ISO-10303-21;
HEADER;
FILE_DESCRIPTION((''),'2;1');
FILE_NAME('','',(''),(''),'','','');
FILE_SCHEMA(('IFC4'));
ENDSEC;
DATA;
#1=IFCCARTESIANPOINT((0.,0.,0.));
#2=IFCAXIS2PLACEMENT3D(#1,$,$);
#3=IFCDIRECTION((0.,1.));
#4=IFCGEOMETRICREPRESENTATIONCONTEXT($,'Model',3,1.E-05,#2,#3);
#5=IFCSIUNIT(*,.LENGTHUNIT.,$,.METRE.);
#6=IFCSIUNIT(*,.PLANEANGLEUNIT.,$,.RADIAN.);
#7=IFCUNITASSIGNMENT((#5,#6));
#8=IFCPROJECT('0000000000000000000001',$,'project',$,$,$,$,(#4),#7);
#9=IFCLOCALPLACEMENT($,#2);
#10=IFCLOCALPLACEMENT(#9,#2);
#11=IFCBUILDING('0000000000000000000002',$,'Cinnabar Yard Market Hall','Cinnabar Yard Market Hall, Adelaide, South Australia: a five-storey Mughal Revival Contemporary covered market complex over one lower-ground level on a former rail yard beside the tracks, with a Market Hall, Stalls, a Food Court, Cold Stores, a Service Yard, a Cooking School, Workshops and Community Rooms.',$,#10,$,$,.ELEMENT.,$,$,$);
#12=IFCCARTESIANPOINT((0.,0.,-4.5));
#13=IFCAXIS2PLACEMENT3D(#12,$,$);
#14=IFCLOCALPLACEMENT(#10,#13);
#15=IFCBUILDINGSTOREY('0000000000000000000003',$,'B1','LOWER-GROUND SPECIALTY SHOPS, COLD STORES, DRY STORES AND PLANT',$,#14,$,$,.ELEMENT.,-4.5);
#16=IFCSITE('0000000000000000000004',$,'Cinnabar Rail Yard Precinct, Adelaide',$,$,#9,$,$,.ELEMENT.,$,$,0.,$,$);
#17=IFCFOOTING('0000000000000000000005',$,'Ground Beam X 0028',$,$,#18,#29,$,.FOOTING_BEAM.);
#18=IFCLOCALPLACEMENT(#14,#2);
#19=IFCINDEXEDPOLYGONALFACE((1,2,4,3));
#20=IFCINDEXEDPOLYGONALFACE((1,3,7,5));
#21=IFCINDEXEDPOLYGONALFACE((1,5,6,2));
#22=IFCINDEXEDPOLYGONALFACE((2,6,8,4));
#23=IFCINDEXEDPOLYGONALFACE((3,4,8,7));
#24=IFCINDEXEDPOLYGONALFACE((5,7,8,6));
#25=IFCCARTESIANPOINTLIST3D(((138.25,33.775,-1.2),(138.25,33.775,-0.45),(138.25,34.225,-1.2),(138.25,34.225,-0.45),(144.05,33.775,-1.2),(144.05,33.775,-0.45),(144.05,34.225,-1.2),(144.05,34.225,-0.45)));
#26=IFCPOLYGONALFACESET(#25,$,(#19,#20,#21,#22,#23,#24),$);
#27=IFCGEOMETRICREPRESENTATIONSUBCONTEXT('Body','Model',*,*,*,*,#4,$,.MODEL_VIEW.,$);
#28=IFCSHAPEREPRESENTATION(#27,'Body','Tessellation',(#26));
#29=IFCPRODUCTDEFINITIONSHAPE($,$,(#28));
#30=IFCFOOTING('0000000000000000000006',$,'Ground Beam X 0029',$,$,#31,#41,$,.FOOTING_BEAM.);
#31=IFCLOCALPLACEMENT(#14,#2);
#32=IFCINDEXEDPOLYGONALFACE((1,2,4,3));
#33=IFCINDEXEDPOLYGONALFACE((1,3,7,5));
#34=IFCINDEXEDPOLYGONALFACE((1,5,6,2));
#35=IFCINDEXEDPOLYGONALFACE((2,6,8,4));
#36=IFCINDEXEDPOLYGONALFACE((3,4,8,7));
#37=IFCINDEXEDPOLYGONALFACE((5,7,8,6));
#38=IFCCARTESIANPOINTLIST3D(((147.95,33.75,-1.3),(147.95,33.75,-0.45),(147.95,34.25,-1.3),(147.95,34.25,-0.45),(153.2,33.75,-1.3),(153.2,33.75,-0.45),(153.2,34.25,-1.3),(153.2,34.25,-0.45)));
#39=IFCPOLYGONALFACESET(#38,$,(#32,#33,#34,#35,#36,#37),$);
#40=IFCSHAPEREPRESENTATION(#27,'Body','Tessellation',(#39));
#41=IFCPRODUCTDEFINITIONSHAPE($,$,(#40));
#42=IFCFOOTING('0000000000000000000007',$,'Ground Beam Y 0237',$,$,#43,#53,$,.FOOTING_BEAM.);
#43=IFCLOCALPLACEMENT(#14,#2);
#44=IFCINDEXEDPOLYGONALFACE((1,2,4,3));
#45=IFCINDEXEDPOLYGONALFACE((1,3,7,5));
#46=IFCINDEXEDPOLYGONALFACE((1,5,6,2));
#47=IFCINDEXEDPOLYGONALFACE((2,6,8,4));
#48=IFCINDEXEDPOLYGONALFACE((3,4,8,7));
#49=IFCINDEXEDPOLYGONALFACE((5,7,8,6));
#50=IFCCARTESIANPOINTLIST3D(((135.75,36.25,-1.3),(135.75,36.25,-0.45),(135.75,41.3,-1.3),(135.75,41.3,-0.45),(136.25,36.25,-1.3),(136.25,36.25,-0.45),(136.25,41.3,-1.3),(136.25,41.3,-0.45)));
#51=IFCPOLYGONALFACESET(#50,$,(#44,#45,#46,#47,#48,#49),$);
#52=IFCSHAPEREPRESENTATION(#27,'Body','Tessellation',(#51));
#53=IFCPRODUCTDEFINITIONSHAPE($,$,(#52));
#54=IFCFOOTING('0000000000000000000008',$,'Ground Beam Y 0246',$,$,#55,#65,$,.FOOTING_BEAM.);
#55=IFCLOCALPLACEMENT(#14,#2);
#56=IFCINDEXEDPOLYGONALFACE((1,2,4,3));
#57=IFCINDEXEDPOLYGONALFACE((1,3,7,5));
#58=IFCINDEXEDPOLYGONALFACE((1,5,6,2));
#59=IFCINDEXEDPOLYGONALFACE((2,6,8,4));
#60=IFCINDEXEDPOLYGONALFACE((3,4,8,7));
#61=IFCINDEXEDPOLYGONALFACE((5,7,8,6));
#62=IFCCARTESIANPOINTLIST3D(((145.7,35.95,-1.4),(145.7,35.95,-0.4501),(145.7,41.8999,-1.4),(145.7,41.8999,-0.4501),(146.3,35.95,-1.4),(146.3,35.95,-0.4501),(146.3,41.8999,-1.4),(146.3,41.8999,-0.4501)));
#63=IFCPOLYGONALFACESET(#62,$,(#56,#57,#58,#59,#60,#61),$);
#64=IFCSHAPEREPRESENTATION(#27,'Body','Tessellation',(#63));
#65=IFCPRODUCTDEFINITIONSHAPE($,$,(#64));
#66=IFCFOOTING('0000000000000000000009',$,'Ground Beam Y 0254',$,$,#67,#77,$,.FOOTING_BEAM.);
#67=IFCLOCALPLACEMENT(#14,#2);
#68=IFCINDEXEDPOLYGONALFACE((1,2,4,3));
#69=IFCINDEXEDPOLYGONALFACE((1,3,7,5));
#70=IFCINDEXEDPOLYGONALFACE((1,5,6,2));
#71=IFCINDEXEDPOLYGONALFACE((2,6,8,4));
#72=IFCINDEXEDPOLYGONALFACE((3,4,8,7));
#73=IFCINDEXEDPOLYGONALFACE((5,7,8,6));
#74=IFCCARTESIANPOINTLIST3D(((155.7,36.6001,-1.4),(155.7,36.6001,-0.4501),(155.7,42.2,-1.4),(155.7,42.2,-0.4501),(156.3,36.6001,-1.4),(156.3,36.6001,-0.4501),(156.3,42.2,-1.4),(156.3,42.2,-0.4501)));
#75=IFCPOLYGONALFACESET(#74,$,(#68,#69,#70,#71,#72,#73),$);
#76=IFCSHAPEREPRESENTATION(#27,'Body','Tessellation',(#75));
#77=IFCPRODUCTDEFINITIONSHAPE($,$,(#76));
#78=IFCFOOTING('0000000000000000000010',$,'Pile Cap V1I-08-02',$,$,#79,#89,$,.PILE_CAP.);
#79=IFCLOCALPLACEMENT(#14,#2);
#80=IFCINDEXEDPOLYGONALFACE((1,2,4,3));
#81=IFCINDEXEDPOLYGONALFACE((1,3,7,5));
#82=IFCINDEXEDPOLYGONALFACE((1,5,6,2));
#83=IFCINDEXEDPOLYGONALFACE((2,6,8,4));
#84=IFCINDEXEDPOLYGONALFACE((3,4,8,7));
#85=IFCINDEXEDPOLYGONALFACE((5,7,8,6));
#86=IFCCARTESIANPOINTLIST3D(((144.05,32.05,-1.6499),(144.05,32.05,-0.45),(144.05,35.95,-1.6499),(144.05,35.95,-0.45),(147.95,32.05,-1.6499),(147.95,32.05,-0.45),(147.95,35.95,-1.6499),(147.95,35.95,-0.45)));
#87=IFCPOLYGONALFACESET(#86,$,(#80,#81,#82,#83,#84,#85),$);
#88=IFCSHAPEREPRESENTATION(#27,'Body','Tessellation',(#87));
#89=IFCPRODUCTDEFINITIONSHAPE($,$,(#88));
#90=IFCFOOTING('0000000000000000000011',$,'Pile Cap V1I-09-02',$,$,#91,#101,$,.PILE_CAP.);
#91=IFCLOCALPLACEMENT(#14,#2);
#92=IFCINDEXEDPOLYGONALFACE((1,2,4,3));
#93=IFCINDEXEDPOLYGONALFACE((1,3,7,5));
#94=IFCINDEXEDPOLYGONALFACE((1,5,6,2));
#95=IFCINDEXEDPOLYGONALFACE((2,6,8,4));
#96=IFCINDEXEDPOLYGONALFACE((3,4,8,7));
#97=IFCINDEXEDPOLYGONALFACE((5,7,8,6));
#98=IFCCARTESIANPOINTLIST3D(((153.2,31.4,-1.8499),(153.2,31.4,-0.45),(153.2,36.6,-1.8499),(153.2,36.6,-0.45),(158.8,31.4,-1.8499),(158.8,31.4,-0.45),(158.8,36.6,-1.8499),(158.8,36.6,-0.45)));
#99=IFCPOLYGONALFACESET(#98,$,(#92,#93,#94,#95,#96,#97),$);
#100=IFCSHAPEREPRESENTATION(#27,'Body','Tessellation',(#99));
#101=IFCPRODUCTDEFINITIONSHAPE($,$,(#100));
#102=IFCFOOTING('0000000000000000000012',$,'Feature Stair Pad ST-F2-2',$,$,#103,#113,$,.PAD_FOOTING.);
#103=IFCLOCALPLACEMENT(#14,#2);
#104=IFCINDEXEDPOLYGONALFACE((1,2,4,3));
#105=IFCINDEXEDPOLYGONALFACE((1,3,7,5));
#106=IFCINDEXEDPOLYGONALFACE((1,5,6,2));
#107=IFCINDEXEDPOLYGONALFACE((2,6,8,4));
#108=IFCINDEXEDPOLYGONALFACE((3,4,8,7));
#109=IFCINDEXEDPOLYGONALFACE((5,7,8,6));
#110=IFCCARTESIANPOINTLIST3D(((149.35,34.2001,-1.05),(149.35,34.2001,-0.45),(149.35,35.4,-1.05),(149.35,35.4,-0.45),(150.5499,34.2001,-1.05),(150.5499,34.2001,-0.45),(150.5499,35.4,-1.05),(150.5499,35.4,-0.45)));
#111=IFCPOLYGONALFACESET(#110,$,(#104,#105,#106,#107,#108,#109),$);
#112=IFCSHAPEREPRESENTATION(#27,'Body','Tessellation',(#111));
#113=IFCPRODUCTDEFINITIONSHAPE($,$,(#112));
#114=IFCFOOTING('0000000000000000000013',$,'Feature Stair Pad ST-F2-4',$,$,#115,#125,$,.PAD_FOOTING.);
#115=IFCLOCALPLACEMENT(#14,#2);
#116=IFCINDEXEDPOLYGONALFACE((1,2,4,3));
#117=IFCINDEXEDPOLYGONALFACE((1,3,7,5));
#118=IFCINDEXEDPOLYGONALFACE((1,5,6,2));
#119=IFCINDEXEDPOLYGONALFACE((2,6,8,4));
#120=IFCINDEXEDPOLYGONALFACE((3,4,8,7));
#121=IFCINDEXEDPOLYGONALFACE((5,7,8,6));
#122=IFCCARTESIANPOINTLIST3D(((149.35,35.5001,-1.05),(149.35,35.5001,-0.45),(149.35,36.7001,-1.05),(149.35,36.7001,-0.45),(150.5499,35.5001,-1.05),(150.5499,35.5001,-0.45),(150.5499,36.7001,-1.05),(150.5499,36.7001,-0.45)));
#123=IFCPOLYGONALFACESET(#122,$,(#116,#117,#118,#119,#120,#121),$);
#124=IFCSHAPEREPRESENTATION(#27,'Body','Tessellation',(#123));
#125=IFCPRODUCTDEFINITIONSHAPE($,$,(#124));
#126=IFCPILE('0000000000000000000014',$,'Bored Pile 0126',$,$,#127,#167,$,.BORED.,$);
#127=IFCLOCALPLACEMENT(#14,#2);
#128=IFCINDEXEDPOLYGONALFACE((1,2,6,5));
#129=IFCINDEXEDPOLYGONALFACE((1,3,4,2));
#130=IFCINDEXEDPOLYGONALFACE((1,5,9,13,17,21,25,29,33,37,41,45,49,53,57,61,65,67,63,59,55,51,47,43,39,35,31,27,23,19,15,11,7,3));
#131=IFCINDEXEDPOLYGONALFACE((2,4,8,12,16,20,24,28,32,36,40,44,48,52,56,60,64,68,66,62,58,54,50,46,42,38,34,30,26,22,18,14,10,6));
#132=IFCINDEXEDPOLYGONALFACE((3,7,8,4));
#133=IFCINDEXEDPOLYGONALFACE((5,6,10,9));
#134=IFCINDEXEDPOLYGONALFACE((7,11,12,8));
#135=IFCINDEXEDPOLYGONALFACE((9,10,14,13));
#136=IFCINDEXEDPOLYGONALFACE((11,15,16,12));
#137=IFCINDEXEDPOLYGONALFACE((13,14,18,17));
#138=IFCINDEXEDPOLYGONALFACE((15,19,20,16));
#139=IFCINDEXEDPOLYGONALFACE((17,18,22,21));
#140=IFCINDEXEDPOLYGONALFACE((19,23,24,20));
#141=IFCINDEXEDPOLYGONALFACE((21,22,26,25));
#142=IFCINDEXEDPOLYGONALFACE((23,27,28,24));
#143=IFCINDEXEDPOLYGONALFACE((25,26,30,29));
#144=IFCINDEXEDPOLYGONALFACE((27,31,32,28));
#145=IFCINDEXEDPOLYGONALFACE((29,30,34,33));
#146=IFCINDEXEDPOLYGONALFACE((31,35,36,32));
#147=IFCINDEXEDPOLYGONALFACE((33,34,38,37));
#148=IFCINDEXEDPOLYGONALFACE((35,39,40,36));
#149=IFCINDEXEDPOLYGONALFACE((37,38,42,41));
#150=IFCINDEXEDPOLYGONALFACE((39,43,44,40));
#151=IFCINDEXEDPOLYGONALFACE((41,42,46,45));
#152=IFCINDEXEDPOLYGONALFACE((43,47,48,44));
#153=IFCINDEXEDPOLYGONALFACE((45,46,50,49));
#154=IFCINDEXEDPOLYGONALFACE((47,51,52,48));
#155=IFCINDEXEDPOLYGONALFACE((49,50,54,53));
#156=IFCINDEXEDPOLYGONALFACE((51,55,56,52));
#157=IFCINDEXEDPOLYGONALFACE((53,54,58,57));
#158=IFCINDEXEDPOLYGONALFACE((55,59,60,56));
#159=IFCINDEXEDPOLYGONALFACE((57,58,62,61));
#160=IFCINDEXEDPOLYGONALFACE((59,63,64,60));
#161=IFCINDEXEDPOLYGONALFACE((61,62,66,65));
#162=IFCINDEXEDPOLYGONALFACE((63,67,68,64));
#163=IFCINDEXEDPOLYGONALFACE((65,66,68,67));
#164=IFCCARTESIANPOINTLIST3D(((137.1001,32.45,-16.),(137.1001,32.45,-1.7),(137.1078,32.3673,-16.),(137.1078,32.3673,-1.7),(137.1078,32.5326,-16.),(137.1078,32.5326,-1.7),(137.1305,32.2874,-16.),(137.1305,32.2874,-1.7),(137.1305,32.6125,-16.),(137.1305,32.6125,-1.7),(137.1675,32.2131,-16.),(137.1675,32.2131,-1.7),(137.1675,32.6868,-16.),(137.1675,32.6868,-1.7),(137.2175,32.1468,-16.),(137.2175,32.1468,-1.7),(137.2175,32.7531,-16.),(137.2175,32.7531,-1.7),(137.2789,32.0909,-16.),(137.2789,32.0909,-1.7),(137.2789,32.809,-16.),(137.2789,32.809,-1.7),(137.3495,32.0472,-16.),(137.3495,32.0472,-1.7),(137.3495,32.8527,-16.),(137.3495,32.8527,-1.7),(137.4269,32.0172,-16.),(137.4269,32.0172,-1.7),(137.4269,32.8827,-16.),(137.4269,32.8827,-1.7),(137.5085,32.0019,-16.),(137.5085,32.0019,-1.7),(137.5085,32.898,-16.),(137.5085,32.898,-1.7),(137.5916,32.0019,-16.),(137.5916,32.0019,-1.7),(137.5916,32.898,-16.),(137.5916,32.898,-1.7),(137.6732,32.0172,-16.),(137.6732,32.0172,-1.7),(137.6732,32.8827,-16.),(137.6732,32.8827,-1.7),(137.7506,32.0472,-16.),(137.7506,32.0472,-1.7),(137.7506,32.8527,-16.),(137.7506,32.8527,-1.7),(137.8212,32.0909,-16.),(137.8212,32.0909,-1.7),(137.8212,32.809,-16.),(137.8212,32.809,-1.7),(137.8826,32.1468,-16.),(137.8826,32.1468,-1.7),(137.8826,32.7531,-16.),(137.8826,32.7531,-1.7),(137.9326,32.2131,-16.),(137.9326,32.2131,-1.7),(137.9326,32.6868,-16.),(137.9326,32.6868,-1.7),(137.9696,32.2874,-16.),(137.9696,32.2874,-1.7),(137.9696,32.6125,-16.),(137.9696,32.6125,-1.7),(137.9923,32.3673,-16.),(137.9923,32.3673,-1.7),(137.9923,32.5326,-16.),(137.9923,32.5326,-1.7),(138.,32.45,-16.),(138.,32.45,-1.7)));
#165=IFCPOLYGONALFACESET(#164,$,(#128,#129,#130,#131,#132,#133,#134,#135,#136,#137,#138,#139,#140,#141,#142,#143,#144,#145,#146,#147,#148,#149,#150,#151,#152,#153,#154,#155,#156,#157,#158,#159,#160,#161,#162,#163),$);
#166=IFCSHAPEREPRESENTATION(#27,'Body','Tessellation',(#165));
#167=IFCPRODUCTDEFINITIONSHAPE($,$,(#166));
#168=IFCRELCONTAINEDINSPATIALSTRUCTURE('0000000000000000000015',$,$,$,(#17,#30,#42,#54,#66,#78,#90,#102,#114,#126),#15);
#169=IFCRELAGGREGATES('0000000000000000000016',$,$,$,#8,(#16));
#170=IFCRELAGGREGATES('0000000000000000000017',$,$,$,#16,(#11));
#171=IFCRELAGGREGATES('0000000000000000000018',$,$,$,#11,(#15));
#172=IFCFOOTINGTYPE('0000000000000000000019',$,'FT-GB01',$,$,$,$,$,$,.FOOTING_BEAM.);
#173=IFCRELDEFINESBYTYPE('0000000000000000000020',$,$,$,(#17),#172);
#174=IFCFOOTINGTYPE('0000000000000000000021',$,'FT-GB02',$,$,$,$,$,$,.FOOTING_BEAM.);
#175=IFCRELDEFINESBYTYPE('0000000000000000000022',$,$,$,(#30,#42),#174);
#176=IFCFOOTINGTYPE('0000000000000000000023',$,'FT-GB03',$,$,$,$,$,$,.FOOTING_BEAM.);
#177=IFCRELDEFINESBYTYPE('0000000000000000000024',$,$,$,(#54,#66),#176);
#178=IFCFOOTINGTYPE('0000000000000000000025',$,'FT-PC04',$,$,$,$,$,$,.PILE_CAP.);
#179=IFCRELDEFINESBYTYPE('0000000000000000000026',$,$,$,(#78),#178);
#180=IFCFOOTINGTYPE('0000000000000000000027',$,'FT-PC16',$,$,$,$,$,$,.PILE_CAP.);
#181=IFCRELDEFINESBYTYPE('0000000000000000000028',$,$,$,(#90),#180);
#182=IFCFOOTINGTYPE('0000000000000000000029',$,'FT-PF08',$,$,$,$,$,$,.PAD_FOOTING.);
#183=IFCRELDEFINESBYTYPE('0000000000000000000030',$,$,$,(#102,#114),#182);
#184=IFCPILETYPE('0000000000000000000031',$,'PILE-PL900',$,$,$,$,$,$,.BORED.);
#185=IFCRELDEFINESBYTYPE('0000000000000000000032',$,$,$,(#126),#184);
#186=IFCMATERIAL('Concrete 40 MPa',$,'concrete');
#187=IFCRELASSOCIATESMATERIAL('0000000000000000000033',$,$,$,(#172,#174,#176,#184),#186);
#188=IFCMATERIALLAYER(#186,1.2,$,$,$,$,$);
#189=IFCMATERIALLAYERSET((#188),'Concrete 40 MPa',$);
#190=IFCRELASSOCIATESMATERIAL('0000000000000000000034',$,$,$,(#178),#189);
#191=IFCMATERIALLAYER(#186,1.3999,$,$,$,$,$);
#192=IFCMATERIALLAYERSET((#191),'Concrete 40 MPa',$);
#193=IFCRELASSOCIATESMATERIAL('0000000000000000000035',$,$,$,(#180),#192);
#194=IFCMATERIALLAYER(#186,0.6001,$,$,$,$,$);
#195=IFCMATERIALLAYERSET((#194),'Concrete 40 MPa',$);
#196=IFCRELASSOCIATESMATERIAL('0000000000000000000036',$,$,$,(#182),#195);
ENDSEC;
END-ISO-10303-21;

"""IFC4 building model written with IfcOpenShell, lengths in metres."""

from ifc_helpers import new_model, si_unit, direction, frame, origin, origin_2d_with_axis, place, context, subcontext, project, spatial, rectangle, circle, extrude, material, layer, layer_set, material_profile, profile_set, type_object, element, save


model = new_model("IFC4")

# Units and contexts
model_context = context("Model", 3, precision=1e-05, world=origin(), true_north=direction((0.0, 1.0)))
body_context = subcontext(model_context, "Body", "Model", "MODEL_VIEW")
ifc_project = project(units=[si_unit("LENGTHUNIT", "METRE"), si_unit("PLANEANGLEUNIT", "RADIAN")], contexts=[model_context])

# Site, building, storey
site_placement = place(None, origin())
site = spatial("IfcSite", under=ifc_project, at=site_placement, Name="Cinnabar Rail Yard Precinct, Adelaide", CompositionType="ELEMENT", RefElevation=0.0)
building_placement = place(site_placement, origin())
building = spatial("IfcBuilding", under=site, at=building_placement, Name="Cinnabar Yard Market Hall", Description="Cinnabar Yard Market Hall, Adelaide, South Australia: a five-storey Mughal Revival Contemporary covered market complex over one lower-ground level on a former rail yard beside the tracks, with a Market Hall, Stalls, a Food Court, Cold Stores, a Service Yard, a Cooking School, Workshops and Community Rooms.", CompositionType="ELEMENT")
storey_placement = place(building_placement, frame((0.0, 0.0, -4.5)))
storey = spatial("IfcBuildingStorey", under=building, at=storey_placement, Name="B1", Description="LOWER-GROUND SPECIALTY SHOPS, COLD STORES, DRY STORES AND PLANT", CompositionType="ELEMENT", Elevation=-4.5)

# Footings
ifc_material_1 = material(Name="Concrete 40 MPa", Category="concrete")
ifc_material_profile_1 = material_profile(ifc_material_1, rectangle(XDim=0.45, YDim=0.75, at=origin_2d_with_axis()), Name="GB-450x750")
ifc_profile_set_1 = profile_set([ifc_material_profile_1], Name="Concrete 40 MPa")
footing_type_1 = type_object("IfcFootingType", Name="FT-GB01", PredefinedType="FOOTING_BEAM", material=ifc_profile_set_1)
footing_1_placement = place(storey_placement, frame((138.25, 34.0, -0.825), z_axis=(1.0, 0.0, 0.0), x_axis=(0.0, 1.0, 0.0)))
element("IfcFooting", 1, at=footing_1_placement, inside=storey, type_object=footing_type_1, Name="Ground Beam X 0028", PredefinedType="FOOTING_BEAM", context=body_context, shape_type="SweptSolid", body=[
    extrude(rectangle(XDim=0.45, YDim=0.75, at=origin_2d_with_axis()), origin(), (0.0, 0.0, 1.0), 5.8),
])
ifc_material_profile_2 = material_profile(ifc_material_1, rectangle(XDim=0.5, YDim=0.8501, at=origin_2d_with_axis()), Name="GB-500x850")
ifc_profile_set_2 = profile_set([ifc_material_profile_2], Name="Concrete 40 MPa")
footing_type_2 = type_object("IfcFootingType", Name="FT-GB02", PredefinedType="FOOTING_BEAM", material=ifc_profile_set_2)
footing_2_placement = place(storey_placement, frame((147.95, 34.0, -0.875), z_axis=(1.0, 0.0, 0.0), x_axis=(0.0, 1.0, 0.0)))
element("IfcFooting", 2, at=footing_2_placement, inside=storey, type_object=footing_type_2, Name="Ground Beam X 0029", PredefinedType="FOOTING_BEAM", context=body_context, shape_type="SweptSolid", body=[
    extrude(rectangle(XDim=0.5, YDim=0.8501, at=origin_2d_with_axis()), origin(), (0.0, 0.0, 1.0), 5.25),
])
footing_3_placement = place(storey_placement, frame((136.0, 36.25, -0.875), z_axis=(0.0, 1.0, 0.0), x_axis=(-1.0, 0.0, 0.0)))
element("IfcFooting", 3, at=footing_3_placement, inside=storey, type_object=footing_type_2, Name="Ground Beam Y 0237", PredefinedType="FOOTING_BEAM", context=body_context, shape_type="SweptSolid", body=[
    extrude(rectangle(XDim=0.5, YDim=0.8501, at=origin_2d_with_axis()), origin(), (0.0, 0.0, 1.0), 5.05),
])
ifc_material_profile_3 = material_profile(ifc_material_1, rectangle(XDim=0.6001, YDim=0.95, at=origin_2d_with_axis()), Name="GB-600x950")
ifc_profile_set_3 = profile_set([ifc_material_profile_3], Name="Concrete 40 MPa")
footing_type_3 = type_object("IfcFootingType", Name="FT-GB03", PredefinedType="FOOTING_BEAM", material=ifc_profile_set_3)
footing_4_placement = place(storey_placement, frame((146.0, 35.95, -0.925), z_axis=(0.0, 1.0, 0.0), x_axis=(-1.0, 0.0, 0.0)))
element("IfcFooting", 4, at=footing_4_placement, inside=storey, type_object=footing_type_3, Name="Ground Beam Y 0246", PredefinedType="FOOTING_BEAM", context=body_context, shape_type="SweptSolid", body=[
    extrude(rectangle(XDim=0.6001, YDim=0.95, at=origin_2d_with_axis()), origin(), (0.0, 0.0, 1.0), 5.95),
])
footing_5_placement = place(storey_placement, frame((156.0, 36.6001, -0.925), z_axis=(0.0, 1.0, 0.0), x_axis=(-1.0, 0.0, 0.0)))
element("IfcFooting", 5, at=footing_5_placement, inside=storey, type_object=footing_type_3, Name="Ground Beam Y 0254", PredefinedType="FOOTING_BEAM", context=body_context, shape_type="SweptSolid", body=[
    extrude(rectangle(XDim=0.6001, YDim=0.95, at=origin_2d_with_axis()), origin(), (0.0, 0.0, 1.0), 5.5999),
])
ifc_layer_1 = layer(ifc_material_1, 1.2)
ifc_layer_set_1 = layer_set([ifc_layer_1], Name="Concrete 40 MPa")
footing_type_4 = type_object("IfcFootingType", Name="FT-PC04", PredefinedType="PILE_CAP", material=ifc_layer_set_1)
footing_6_placement = place(storey_placement, frame((146.0, 34.0, -1.6499), z_axis=(0.0, 0.0, 1.0), x_axis=(1.0, 0.0, 0.0)))
element("IfcFooting", 6, at=footing_6_placement, inside=storey, type_object=footing_type_4, Name="Pile Cap V1I-08-02", PredefinedType="PILE_CAP", context=body_context, shape_type="SweptSolid", body=[
    extrude(rectangle(XDim=3.8999, YDim=3.8999, at=origin_2d_with_axis()), origin(), (0.0, 0.0, 1.0), 1.2),
])
ifc_layer_2 = layer(ifc_material_1, 1.3999)
ifc_layer_set_2 = layer_set([ifc_layer_2], Name="Concrete 40 MPa")
footing_type_5 = type_object("IfcFootingType", Name="FT-PC16", PredefinedType="PILE_CAP", material=ifc_layer_set_2)
footing_7_placement = place(storey_placement, frame((156.0, 34.0, -1.8499), z_axis=(0.0, 0.0, 1.0), x_axis=(1.0, 0.0, 0.0)))
element("IfcFooting", 7, at=footing_7_placement, inside=storey, type_object=footing_type_5, Name="Pile Cap V1I-09-02", PredefinedType="PILE_CAP", context=body_context, shape_type="SweptSolid", body=[
    extrude(rectangle(XDim=5.6001, YDim=5.2, at=origin_2d_with_axis()), origin(), (0.0, 0.0, 1.0), 1.3999),
])
ifc_layer_3 = layer(ifc_material_1, 0.6001)
ifc_layer_set_3 = layer_set([ifc_layer_3], Name="Concrete 40 MPa")
footing_type_6 = type_object("IfcFootingType", Name="FT-PF08", PredefinedType="PAD_FOOTING", material=ifc_layer_set_3)
for number, where, z_axis, x_axis, name in (
    (8, (149.95, 34.8, -1.05), (0.0, 0.0, 1.0), (1.0, 0.0, 0.0), "Feature Stair Pad ST-F2-2"),
    (9, (149.95, 36.1001, -1.05), (0.0, 0.0, 1.0), (1.0, 0.0, 0.0), "Feature Stair Pad ST-F2-4"),
):
    element("IfcFooting", number, at=place(storey_placement, frame(where, z_axis=z_axis, x_axis=x_axis)), inside=storey, type_object=footing_type_6, Name=name, PredefinedType="PAD_FOOTING", context=body_context, shape_type="SweptSolid", body=[
        extrude(rectangle(XDim=1.2, YDim=1.2, at=origin_2d_with_axis()), origin(), (0.0, 0.0, 1.0), 0.6001),
    ])

# Pile
ifc_material_profile_4 = material_profile(ifc_material_1, circle(Radius=0.45, at=origin_2d_with_axis()), Name="PILE-D900")
ifc_profile_set_4 = profile_set([ifc_material_profile_4], Name="Concrete 40 MPa")
pile_type = type_object("IfcPileType", Name="PILE-PL900", PredefinedType="BORED", material=ifc_profile_set_4)
for number, where, z_axis, x_axis, name in (
    (10, (137.55, 32.45, -1.7), (0.0, 0.0, -1.0), (1.0, 0.0, 0.0), "Bored Pile 0126"),
):
    element("IfcPile", number, at=place(storey_placement, frame(where, z_axis=z_axis, x_axis=x_axis)), inside=storey, type_object=pile_type, Name=name, PredefinedType="BORED", context=body_context, shape_type="SweptSolid", body=[
        extrude(circle(Radius=0.45, at=origin_2d_with_axis()), origin(), (0.0, 0.0, 1.0), 14.3),
    ])

save(model, "model.ifc")
